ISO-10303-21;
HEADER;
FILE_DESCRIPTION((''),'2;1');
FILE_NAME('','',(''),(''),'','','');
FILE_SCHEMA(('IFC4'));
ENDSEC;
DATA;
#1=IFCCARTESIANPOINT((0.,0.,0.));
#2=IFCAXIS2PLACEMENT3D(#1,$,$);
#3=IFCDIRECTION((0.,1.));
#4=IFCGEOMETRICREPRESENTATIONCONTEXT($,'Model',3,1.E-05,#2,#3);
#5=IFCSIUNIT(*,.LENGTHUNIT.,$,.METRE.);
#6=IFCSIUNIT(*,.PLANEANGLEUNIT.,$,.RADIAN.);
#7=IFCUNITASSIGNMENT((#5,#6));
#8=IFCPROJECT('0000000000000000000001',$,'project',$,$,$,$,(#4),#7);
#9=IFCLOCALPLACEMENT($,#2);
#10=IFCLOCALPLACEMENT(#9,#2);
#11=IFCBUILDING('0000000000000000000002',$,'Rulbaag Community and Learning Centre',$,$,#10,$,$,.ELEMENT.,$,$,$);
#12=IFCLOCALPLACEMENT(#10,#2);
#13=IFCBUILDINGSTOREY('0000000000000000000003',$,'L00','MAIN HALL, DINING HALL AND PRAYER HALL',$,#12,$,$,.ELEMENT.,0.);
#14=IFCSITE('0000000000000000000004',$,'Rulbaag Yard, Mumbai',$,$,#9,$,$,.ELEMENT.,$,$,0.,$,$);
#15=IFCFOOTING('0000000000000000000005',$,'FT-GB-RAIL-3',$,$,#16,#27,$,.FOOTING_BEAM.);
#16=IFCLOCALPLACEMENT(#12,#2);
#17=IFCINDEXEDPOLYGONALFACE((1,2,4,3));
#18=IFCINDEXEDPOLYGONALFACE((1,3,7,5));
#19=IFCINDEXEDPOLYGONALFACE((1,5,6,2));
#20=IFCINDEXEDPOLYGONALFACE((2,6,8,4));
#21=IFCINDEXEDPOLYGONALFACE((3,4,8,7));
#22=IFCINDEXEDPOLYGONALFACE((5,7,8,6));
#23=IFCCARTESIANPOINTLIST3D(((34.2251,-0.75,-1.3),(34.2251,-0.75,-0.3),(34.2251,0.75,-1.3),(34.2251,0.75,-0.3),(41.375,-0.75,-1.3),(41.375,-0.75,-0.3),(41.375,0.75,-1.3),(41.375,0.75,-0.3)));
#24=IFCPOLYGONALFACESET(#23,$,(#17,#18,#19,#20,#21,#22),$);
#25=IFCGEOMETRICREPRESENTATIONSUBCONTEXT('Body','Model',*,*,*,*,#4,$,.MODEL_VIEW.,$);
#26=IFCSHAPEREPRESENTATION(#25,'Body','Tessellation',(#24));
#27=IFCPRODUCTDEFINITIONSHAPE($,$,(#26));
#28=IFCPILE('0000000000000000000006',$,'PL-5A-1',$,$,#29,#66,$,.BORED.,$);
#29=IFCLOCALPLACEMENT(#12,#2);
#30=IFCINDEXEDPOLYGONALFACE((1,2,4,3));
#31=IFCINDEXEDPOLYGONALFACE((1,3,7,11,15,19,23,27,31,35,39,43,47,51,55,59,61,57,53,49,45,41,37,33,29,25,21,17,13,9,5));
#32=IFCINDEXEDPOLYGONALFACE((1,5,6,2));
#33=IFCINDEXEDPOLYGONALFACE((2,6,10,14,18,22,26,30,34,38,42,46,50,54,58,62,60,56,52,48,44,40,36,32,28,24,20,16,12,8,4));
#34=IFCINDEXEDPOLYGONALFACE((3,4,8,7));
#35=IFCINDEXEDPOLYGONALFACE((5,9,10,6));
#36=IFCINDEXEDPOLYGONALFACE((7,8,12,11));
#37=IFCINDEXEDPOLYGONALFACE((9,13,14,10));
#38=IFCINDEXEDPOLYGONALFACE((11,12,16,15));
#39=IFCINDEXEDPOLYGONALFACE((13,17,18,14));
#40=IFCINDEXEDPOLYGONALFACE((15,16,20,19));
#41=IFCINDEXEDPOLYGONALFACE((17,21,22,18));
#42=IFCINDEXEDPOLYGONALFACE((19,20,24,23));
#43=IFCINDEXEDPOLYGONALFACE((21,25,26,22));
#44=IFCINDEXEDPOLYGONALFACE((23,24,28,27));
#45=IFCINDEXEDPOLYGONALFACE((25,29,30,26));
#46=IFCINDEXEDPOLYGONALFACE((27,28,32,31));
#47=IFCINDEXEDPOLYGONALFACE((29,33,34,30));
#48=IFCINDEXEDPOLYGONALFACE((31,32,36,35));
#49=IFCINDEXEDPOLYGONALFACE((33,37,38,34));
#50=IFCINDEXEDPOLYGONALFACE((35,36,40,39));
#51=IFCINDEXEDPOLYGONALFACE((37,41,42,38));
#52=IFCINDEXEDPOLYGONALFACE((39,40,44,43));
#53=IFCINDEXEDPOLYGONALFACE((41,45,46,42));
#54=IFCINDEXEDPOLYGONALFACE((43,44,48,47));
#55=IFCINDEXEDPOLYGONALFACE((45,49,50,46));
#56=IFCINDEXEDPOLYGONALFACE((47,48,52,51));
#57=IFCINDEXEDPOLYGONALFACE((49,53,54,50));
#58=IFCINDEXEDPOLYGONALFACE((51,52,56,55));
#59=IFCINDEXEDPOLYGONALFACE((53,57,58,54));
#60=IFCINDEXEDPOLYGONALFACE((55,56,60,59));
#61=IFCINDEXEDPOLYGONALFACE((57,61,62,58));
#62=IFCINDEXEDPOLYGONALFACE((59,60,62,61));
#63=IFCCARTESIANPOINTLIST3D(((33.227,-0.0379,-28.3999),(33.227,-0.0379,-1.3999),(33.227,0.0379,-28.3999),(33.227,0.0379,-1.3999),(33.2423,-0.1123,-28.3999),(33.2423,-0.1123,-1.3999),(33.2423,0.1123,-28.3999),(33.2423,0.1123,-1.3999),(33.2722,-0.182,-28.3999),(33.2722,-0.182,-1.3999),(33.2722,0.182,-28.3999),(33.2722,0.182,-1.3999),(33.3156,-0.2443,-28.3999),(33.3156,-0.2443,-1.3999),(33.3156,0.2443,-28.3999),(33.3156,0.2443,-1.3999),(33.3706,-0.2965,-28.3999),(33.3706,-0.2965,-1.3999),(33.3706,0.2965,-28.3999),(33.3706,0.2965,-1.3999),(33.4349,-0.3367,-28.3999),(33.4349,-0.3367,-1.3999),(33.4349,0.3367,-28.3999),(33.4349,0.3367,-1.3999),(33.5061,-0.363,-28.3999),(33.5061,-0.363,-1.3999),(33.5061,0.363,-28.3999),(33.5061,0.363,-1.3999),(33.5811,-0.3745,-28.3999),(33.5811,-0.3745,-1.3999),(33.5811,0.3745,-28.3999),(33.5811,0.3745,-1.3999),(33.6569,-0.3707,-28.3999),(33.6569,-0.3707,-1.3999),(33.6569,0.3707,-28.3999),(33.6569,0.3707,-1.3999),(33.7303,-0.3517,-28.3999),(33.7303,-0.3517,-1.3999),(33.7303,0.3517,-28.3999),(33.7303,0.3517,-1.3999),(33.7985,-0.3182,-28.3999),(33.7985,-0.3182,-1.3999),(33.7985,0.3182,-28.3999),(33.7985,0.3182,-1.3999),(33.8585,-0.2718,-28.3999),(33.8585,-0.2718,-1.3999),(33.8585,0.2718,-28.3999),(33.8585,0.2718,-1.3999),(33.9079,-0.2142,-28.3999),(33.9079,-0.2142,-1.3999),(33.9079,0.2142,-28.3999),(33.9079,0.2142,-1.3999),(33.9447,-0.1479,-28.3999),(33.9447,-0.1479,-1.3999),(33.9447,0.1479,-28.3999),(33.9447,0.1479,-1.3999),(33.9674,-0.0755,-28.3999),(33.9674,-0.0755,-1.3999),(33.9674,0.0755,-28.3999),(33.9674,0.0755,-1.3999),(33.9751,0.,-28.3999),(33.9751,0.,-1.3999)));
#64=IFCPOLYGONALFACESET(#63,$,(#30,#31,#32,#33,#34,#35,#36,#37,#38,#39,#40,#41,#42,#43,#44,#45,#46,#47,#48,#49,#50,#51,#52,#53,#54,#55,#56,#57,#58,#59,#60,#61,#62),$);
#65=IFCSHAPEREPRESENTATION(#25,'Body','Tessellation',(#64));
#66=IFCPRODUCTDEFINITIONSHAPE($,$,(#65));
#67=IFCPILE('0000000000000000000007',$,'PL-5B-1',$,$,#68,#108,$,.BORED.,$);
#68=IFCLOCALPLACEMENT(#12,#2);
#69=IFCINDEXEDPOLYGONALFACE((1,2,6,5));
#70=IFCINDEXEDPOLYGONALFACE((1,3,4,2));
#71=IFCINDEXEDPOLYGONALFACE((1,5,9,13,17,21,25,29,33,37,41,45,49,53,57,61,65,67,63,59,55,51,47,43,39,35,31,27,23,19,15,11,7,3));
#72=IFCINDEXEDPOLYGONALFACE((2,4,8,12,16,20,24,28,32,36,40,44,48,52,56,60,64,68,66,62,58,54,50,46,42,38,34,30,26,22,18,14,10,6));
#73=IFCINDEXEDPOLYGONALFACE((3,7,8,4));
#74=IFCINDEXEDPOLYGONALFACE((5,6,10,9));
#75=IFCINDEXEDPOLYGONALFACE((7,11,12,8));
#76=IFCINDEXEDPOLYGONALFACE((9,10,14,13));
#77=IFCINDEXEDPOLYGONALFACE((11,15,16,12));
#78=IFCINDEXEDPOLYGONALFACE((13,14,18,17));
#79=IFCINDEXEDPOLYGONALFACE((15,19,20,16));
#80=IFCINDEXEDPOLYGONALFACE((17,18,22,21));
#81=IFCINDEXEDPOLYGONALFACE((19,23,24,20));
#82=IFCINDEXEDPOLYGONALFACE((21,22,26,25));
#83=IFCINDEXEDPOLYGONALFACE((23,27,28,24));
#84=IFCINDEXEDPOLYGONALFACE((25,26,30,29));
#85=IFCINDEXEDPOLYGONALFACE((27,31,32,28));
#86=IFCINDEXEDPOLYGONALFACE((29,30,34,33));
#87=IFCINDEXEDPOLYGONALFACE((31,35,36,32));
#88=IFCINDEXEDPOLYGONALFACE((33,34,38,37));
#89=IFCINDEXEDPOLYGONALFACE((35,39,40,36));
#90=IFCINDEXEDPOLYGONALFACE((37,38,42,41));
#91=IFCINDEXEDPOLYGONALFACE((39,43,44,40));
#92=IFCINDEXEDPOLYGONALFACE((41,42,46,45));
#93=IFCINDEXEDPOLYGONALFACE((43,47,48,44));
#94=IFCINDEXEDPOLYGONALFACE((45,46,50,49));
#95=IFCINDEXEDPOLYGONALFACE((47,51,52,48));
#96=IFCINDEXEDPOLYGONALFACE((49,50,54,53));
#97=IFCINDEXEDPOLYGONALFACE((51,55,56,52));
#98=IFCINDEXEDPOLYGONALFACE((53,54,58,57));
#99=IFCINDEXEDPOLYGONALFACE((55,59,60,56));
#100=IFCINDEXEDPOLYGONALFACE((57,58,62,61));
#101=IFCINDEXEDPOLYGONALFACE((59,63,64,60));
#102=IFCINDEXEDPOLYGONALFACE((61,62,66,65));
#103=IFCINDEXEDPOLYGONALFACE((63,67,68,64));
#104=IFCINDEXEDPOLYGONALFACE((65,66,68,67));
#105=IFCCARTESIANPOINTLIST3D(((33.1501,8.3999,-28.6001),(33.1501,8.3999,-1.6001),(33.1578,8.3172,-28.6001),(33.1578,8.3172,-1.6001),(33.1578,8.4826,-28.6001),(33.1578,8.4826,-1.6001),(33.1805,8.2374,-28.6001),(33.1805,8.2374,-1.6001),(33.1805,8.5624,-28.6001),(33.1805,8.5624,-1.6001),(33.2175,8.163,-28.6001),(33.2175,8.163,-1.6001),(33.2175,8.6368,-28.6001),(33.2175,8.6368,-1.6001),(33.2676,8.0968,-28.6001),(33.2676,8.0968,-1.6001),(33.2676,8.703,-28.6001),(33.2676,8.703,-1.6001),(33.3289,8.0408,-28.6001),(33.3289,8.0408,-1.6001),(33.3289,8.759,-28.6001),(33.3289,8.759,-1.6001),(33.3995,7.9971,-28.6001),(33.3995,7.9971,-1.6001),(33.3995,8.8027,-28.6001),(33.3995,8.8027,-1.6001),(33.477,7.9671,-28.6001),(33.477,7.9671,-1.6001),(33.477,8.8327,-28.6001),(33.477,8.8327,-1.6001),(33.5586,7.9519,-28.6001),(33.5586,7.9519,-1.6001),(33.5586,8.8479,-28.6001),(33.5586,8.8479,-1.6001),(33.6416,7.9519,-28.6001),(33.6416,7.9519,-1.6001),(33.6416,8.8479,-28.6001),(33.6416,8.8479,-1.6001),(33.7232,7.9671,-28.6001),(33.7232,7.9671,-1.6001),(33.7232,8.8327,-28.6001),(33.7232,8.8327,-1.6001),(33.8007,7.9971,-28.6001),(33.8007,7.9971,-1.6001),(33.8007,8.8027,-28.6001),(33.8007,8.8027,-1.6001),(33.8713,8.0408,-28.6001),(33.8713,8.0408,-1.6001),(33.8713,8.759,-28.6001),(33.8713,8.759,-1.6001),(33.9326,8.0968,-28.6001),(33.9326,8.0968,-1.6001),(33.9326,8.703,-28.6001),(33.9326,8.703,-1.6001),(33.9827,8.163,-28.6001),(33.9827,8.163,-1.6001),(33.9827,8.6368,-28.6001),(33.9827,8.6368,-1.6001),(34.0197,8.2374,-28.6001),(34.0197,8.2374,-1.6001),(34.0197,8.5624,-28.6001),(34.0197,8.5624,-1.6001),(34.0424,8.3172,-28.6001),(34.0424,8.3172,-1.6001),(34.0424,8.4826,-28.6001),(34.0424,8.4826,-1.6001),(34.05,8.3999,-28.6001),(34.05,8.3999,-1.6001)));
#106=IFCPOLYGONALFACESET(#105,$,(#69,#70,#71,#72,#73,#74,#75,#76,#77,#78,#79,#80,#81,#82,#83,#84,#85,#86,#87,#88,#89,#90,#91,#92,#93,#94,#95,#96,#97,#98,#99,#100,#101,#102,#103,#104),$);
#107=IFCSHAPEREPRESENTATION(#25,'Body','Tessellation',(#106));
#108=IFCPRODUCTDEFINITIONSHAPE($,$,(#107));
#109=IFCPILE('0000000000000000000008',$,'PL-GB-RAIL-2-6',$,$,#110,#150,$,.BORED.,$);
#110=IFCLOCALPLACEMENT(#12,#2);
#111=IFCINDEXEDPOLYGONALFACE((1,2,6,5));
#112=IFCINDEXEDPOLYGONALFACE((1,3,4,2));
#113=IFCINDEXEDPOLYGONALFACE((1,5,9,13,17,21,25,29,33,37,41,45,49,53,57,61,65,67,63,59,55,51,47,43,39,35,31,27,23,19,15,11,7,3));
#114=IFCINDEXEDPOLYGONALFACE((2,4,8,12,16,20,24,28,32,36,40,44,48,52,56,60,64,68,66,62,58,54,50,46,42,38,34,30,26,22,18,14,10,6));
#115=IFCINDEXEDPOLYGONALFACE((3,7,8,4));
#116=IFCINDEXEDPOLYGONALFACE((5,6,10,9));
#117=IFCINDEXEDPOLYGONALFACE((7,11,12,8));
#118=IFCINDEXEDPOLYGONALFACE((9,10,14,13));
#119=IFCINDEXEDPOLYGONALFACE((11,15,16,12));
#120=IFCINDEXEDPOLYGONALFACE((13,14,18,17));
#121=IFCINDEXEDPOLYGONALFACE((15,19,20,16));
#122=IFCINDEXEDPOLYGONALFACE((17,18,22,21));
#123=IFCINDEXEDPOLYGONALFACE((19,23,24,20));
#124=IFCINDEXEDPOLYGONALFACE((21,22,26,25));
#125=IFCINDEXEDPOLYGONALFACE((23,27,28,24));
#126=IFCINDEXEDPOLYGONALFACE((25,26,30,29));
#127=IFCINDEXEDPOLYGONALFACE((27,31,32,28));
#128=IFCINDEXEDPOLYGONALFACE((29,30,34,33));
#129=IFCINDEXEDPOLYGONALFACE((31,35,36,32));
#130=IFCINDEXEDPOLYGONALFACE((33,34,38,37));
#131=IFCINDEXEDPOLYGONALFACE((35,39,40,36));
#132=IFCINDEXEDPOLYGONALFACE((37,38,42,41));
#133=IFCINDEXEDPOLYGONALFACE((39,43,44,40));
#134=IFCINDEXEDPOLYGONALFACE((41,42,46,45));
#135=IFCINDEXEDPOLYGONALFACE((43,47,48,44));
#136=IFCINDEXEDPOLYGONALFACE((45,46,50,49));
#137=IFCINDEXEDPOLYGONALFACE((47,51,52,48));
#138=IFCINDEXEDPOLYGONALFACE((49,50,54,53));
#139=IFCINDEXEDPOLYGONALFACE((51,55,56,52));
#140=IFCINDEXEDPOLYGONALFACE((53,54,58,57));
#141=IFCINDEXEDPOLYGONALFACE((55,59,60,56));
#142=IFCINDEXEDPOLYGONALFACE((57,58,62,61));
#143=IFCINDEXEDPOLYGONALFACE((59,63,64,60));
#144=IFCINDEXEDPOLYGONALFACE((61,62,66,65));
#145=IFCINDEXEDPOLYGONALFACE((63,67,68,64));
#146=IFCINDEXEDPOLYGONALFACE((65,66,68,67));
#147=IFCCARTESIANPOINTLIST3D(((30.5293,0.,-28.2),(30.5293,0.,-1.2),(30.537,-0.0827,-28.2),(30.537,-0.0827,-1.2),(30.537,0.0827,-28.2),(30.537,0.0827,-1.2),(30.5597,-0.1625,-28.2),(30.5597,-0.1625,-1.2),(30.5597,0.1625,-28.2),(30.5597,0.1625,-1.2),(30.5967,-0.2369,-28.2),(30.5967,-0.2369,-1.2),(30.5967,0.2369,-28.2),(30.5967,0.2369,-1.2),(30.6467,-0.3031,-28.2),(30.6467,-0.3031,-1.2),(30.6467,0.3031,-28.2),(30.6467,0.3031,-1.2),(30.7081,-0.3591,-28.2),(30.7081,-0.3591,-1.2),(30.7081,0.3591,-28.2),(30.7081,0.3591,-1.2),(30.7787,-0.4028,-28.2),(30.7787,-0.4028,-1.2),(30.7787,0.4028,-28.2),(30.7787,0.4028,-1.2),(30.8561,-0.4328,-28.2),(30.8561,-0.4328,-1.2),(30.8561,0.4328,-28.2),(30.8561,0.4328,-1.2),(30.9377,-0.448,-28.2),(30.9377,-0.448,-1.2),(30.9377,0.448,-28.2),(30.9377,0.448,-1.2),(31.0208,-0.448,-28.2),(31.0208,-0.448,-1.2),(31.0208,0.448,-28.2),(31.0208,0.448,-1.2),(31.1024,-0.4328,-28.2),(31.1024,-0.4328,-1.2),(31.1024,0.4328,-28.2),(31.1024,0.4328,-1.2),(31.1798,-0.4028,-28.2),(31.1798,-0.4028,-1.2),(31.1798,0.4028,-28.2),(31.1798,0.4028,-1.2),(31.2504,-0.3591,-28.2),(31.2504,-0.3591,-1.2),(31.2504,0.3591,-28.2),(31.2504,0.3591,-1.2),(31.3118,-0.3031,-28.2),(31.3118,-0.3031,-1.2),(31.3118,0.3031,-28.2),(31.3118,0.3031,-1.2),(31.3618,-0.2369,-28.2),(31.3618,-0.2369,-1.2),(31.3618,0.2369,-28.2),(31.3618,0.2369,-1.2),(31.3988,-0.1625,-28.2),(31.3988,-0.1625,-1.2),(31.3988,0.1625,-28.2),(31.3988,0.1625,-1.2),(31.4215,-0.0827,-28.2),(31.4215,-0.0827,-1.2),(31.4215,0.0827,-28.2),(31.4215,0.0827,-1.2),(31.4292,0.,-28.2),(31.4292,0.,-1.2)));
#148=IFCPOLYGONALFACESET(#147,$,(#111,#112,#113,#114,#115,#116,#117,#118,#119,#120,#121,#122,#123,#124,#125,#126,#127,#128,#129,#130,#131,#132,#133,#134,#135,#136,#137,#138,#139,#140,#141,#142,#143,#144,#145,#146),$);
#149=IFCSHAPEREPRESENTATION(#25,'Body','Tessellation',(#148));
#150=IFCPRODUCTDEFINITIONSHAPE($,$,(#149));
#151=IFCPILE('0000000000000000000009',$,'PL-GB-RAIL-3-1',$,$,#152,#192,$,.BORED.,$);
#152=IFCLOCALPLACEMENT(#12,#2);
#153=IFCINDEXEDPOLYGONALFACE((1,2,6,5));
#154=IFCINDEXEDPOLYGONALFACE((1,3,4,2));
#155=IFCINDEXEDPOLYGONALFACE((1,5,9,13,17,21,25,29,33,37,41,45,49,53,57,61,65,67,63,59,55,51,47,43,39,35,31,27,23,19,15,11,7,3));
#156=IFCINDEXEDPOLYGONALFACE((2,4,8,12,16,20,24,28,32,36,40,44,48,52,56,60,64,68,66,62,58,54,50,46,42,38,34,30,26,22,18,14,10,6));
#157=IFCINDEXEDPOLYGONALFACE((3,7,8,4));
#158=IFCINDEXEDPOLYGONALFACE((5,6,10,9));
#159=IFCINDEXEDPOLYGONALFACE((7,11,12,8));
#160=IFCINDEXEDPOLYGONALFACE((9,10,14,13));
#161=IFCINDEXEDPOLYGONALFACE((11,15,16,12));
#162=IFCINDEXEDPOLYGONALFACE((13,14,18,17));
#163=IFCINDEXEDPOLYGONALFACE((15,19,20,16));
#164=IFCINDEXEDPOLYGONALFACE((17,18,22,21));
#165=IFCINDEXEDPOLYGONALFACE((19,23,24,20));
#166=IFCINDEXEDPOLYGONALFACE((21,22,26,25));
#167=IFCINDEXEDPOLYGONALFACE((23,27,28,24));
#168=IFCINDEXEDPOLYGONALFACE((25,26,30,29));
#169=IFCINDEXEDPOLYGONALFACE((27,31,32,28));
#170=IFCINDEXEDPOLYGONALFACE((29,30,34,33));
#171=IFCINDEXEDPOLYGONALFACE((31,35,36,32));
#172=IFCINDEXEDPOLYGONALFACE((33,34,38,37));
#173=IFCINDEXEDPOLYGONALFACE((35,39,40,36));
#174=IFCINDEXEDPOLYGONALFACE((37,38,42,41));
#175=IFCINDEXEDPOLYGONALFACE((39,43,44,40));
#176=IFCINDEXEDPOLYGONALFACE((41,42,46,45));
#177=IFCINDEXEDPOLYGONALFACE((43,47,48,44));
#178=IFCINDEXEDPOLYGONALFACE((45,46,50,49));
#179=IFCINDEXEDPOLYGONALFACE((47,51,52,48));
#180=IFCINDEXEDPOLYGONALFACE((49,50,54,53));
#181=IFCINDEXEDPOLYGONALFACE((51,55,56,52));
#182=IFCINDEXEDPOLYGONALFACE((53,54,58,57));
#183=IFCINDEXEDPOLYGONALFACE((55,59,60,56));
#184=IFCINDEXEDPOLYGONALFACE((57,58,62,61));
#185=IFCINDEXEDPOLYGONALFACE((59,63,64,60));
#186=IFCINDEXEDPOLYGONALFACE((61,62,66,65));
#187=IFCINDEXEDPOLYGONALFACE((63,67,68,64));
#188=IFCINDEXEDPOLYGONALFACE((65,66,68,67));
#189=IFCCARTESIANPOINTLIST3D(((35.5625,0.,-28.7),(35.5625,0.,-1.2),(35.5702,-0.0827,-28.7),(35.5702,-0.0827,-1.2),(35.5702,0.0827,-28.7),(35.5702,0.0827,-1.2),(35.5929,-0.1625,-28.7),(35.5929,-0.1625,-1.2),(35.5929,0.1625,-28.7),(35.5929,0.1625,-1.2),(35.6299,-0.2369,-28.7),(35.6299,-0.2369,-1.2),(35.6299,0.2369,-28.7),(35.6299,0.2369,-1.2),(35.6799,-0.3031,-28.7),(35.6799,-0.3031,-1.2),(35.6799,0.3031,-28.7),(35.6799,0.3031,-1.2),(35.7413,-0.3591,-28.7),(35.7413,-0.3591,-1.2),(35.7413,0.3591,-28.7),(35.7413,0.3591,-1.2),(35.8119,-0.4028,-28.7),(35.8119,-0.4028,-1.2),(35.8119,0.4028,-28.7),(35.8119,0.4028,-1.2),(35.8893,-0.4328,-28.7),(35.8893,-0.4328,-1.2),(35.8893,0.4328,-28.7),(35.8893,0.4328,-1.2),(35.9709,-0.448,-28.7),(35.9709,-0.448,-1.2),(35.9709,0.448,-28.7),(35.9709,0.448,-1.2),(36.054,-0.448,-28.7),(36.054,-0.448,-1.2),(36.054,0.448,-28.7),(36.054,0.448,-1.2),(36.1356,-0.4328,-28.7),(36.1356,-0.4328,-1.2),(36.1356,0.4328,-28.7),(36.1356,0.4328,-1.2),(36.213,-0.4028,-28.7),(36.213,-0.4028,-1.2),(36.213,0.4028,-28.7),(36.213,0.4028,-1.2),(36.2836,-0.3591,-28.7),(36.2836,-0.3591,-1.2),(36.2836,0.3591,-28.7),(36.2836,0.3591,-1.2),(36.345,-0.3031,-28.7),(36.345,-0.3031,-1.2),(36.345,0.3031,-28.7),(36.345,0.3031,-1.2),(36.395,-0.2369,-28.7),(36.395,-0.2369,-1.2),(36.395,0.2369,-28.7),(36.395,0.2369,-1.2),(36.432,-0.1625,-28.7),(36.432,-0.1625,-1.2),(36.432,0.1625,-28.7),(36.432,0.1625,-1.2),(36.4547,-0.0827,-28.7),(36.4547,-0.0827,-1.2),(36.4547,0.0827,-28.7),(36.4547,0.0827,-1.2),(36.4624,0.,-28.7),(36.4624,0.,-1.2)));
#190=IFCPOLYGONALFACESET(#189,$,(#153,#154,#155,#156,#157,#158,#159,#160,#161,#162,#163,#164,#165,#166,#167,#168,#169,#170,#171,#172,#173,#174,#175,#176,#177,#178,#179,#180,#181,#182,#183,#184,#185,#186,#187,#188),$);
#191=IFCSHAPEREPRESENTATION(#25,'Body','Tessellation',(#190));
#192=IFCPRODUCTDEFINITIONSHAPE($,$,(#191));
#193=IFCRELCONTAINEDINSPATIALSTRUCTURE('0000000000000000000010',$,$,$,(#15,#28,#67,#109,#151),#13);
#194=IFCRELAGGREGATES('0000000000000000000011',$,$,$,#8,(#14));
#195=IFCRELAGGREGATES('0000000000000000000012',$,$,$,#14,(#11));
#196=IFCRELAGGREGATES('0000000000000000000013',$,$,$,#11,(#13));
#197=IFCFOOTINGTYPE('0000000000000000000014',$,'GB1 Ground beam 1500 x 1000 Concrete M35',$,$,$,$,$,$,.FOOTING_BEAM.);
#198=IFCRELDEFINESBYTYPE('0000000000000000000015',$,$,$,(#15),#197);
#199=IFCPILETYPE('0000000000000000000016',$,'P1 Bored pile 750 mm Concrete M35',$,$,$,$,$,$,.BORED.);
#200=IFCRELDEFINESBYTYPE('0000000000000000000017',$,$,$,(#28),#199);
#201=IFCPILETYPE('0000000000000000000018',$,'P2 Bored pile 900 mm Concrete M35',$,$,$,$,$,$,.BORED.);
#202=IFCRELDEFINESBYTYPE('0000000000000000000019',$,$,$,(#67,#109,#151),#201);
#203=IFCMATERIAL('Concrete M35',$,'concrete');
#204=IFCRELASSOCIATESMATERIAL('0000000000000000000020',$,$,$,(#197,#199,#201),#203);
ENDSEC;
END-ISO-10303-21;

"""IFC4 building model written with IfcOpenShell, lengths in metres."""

from ifc_helpers import new_model, si_unit, direction, frame, origin, origin_2d, place, context, subcontext, project, spatial, rectangle, circle, extrude, material, material_profile, profile_set, type_object, element, save


model = new_model("IFC4")

# Units and contexts
model_context = context("Model", 3, precision=1e-05, world=origin(), true_north=direction((0.0, 1.0)))
body_context = subcontext(model_context, "Body", "Model", "MODEL_VIEW")
ifc_project = project(units=[si_unit("LENGTHUNIT", "METRE"), si_unit("PLANEANGLEUNIT", "RADIAN")], contexts=[model_context])

# Site, building, storey
site_placement = place(None, origin())
site = spatial("IfcSite", under=ifc_project, at=site_placement, Name="Rulbaag Yard, Mumbai", CompositionType="ELEMENT", RefElevation=0.0)
building_placement = place(site_placement, origin())
building = spatial("IfcBuilding", under=site, at=building_placement, Name="Rulbaag Community and Learning Centre", CompositionType="ELEMENT")
storey_placement = place(building_placement, origin())
storey = spatial("IfcBuildingStorey", under=building, at=storey_placement, Name="L00", Description="MAIN HALL, DINING HALL AND PRAYER HALL", CompositionType="ELEMENT", Elevation=0.0)

# Footing
ifc_material_1 = material(Name="Concrete M35", Category="concrete")
footing_type_1 = type_object("IfcFootingType", Name="GB1 Ground beam 1500 x 1000 Concrete M35", PredefinedType="FOOTING_BEAM", material=ifc_material_1)
footing_1_placement = place(storey_placement, frame((37.8, 0.0, -1.3), z_axis=(0.0, 0.0, 1.0), x_axis=(1.0, 0.0, 0.0)))
element("IfcFooting", 1, at=footing_1_placement, inside=storey, type_object=footing_type_1, Name="FT-GB-RAIL-3", PredefinedType="FOOTING_BEAM", context=body_context, shape_type="SweptSolid", body=[
    extrude(rectangle(XDim=7.1499, YDim=1.5, at=origin_2d()), origin(), (0.0, 0.0, 1.0), 1.0),
])

# Piles
ifc_material_profile_1 = material_profile(ifc_material_1, circle(Radius=0.375, at=origin_2d()), Name="BP750")
ifc_profile_set_1 = profile_set([ifc_material_profile_1], Name="Concrete M35")
pile_type_1 = type_object("IfcPileType", Name="P1 Bored pile 750 mm Concrete M35", PredefinedType="BORED", material=ifc_profile_set_1)
pile_placement = place(storey_placement, frame((33.6001, 0.0, -1.3999), z_axis=(0.0, 0.0, -1.0), x_axis=(1.0, 0.0, 0.0)))
element("IfcPile", 2, at=pile_placement, inside=storey, type_object=pile_type_1, Name="PL-5A-1", PredefinedType="BORED", context=body_context, shape_type="SweptSolid", body=[
    extrude(circle(Radius=0.375, at=origin_2d()), origin(), (0.0, 0.0, 1.0), 27.0),
])
ifc_material_profile_2 = material_profile(ifc_material_1, circle(Radius=0.45, at=origin_2d()), Name="BP900")
ifc_profile_set_2 = profile_set([ifc_material_profile_2], Name="Concrete M35")
pile_type_2 = type_object("IfcPileType", Name="P2 Bored pile 900 mm Concrete M35", PredefinedType="BORED", material=ifc_profile_set_2)
for number, where, z_axis, x_axis, name in (
    (3, (33.6001, 8.3999, -1.6001), (0.0, 0.0, -1.0), (1.0, 0.0, 0.0), "PL-5B-1"),
    (4, (30.9792, 0.0, -1.2), (0.0, 0.0, -1.0), (1.0, 0.0, 0.0), "PL-GB-RAIL-2-6"),
):
    element("IfcPile", number, at=place(storey_placement, frame(where, z_axis=z_axis, x_axis=x_axis)), inside=storey, type_object=pile_type_2, Name=name, PredefinedType="BORED", context=body_context, shape_type="SweptSolid", body=[
        extrude(circle(Radius=0.45, at=origin_2d()), origin(), (0.0, 0.0, 1.0), 27.0),
    ])
for number, where, z_axis, x_axis, name in (
    (5, (36.0125, 0.0, -1.2), (0.0, 0.0, -1.0), (1.0, 0.0, 0.0), "PL-GB-RAIL-3-1"),
):
    element("IfcPile", number, at=place(storey_placement, frame(where, z_axis=z_axis, x_axis=x_axis)), inside=storey, type_object=pile_type_2, Name=name, PredefinedType="BORED", context=body_context, shape_type="SweptSolid", body=[
        extrude(circle(Radius=0.45, at=origin_2d()), origin(), (0.0, 0.0, 1.0), 27.5),
    ])

save(model, "model.ifc")
